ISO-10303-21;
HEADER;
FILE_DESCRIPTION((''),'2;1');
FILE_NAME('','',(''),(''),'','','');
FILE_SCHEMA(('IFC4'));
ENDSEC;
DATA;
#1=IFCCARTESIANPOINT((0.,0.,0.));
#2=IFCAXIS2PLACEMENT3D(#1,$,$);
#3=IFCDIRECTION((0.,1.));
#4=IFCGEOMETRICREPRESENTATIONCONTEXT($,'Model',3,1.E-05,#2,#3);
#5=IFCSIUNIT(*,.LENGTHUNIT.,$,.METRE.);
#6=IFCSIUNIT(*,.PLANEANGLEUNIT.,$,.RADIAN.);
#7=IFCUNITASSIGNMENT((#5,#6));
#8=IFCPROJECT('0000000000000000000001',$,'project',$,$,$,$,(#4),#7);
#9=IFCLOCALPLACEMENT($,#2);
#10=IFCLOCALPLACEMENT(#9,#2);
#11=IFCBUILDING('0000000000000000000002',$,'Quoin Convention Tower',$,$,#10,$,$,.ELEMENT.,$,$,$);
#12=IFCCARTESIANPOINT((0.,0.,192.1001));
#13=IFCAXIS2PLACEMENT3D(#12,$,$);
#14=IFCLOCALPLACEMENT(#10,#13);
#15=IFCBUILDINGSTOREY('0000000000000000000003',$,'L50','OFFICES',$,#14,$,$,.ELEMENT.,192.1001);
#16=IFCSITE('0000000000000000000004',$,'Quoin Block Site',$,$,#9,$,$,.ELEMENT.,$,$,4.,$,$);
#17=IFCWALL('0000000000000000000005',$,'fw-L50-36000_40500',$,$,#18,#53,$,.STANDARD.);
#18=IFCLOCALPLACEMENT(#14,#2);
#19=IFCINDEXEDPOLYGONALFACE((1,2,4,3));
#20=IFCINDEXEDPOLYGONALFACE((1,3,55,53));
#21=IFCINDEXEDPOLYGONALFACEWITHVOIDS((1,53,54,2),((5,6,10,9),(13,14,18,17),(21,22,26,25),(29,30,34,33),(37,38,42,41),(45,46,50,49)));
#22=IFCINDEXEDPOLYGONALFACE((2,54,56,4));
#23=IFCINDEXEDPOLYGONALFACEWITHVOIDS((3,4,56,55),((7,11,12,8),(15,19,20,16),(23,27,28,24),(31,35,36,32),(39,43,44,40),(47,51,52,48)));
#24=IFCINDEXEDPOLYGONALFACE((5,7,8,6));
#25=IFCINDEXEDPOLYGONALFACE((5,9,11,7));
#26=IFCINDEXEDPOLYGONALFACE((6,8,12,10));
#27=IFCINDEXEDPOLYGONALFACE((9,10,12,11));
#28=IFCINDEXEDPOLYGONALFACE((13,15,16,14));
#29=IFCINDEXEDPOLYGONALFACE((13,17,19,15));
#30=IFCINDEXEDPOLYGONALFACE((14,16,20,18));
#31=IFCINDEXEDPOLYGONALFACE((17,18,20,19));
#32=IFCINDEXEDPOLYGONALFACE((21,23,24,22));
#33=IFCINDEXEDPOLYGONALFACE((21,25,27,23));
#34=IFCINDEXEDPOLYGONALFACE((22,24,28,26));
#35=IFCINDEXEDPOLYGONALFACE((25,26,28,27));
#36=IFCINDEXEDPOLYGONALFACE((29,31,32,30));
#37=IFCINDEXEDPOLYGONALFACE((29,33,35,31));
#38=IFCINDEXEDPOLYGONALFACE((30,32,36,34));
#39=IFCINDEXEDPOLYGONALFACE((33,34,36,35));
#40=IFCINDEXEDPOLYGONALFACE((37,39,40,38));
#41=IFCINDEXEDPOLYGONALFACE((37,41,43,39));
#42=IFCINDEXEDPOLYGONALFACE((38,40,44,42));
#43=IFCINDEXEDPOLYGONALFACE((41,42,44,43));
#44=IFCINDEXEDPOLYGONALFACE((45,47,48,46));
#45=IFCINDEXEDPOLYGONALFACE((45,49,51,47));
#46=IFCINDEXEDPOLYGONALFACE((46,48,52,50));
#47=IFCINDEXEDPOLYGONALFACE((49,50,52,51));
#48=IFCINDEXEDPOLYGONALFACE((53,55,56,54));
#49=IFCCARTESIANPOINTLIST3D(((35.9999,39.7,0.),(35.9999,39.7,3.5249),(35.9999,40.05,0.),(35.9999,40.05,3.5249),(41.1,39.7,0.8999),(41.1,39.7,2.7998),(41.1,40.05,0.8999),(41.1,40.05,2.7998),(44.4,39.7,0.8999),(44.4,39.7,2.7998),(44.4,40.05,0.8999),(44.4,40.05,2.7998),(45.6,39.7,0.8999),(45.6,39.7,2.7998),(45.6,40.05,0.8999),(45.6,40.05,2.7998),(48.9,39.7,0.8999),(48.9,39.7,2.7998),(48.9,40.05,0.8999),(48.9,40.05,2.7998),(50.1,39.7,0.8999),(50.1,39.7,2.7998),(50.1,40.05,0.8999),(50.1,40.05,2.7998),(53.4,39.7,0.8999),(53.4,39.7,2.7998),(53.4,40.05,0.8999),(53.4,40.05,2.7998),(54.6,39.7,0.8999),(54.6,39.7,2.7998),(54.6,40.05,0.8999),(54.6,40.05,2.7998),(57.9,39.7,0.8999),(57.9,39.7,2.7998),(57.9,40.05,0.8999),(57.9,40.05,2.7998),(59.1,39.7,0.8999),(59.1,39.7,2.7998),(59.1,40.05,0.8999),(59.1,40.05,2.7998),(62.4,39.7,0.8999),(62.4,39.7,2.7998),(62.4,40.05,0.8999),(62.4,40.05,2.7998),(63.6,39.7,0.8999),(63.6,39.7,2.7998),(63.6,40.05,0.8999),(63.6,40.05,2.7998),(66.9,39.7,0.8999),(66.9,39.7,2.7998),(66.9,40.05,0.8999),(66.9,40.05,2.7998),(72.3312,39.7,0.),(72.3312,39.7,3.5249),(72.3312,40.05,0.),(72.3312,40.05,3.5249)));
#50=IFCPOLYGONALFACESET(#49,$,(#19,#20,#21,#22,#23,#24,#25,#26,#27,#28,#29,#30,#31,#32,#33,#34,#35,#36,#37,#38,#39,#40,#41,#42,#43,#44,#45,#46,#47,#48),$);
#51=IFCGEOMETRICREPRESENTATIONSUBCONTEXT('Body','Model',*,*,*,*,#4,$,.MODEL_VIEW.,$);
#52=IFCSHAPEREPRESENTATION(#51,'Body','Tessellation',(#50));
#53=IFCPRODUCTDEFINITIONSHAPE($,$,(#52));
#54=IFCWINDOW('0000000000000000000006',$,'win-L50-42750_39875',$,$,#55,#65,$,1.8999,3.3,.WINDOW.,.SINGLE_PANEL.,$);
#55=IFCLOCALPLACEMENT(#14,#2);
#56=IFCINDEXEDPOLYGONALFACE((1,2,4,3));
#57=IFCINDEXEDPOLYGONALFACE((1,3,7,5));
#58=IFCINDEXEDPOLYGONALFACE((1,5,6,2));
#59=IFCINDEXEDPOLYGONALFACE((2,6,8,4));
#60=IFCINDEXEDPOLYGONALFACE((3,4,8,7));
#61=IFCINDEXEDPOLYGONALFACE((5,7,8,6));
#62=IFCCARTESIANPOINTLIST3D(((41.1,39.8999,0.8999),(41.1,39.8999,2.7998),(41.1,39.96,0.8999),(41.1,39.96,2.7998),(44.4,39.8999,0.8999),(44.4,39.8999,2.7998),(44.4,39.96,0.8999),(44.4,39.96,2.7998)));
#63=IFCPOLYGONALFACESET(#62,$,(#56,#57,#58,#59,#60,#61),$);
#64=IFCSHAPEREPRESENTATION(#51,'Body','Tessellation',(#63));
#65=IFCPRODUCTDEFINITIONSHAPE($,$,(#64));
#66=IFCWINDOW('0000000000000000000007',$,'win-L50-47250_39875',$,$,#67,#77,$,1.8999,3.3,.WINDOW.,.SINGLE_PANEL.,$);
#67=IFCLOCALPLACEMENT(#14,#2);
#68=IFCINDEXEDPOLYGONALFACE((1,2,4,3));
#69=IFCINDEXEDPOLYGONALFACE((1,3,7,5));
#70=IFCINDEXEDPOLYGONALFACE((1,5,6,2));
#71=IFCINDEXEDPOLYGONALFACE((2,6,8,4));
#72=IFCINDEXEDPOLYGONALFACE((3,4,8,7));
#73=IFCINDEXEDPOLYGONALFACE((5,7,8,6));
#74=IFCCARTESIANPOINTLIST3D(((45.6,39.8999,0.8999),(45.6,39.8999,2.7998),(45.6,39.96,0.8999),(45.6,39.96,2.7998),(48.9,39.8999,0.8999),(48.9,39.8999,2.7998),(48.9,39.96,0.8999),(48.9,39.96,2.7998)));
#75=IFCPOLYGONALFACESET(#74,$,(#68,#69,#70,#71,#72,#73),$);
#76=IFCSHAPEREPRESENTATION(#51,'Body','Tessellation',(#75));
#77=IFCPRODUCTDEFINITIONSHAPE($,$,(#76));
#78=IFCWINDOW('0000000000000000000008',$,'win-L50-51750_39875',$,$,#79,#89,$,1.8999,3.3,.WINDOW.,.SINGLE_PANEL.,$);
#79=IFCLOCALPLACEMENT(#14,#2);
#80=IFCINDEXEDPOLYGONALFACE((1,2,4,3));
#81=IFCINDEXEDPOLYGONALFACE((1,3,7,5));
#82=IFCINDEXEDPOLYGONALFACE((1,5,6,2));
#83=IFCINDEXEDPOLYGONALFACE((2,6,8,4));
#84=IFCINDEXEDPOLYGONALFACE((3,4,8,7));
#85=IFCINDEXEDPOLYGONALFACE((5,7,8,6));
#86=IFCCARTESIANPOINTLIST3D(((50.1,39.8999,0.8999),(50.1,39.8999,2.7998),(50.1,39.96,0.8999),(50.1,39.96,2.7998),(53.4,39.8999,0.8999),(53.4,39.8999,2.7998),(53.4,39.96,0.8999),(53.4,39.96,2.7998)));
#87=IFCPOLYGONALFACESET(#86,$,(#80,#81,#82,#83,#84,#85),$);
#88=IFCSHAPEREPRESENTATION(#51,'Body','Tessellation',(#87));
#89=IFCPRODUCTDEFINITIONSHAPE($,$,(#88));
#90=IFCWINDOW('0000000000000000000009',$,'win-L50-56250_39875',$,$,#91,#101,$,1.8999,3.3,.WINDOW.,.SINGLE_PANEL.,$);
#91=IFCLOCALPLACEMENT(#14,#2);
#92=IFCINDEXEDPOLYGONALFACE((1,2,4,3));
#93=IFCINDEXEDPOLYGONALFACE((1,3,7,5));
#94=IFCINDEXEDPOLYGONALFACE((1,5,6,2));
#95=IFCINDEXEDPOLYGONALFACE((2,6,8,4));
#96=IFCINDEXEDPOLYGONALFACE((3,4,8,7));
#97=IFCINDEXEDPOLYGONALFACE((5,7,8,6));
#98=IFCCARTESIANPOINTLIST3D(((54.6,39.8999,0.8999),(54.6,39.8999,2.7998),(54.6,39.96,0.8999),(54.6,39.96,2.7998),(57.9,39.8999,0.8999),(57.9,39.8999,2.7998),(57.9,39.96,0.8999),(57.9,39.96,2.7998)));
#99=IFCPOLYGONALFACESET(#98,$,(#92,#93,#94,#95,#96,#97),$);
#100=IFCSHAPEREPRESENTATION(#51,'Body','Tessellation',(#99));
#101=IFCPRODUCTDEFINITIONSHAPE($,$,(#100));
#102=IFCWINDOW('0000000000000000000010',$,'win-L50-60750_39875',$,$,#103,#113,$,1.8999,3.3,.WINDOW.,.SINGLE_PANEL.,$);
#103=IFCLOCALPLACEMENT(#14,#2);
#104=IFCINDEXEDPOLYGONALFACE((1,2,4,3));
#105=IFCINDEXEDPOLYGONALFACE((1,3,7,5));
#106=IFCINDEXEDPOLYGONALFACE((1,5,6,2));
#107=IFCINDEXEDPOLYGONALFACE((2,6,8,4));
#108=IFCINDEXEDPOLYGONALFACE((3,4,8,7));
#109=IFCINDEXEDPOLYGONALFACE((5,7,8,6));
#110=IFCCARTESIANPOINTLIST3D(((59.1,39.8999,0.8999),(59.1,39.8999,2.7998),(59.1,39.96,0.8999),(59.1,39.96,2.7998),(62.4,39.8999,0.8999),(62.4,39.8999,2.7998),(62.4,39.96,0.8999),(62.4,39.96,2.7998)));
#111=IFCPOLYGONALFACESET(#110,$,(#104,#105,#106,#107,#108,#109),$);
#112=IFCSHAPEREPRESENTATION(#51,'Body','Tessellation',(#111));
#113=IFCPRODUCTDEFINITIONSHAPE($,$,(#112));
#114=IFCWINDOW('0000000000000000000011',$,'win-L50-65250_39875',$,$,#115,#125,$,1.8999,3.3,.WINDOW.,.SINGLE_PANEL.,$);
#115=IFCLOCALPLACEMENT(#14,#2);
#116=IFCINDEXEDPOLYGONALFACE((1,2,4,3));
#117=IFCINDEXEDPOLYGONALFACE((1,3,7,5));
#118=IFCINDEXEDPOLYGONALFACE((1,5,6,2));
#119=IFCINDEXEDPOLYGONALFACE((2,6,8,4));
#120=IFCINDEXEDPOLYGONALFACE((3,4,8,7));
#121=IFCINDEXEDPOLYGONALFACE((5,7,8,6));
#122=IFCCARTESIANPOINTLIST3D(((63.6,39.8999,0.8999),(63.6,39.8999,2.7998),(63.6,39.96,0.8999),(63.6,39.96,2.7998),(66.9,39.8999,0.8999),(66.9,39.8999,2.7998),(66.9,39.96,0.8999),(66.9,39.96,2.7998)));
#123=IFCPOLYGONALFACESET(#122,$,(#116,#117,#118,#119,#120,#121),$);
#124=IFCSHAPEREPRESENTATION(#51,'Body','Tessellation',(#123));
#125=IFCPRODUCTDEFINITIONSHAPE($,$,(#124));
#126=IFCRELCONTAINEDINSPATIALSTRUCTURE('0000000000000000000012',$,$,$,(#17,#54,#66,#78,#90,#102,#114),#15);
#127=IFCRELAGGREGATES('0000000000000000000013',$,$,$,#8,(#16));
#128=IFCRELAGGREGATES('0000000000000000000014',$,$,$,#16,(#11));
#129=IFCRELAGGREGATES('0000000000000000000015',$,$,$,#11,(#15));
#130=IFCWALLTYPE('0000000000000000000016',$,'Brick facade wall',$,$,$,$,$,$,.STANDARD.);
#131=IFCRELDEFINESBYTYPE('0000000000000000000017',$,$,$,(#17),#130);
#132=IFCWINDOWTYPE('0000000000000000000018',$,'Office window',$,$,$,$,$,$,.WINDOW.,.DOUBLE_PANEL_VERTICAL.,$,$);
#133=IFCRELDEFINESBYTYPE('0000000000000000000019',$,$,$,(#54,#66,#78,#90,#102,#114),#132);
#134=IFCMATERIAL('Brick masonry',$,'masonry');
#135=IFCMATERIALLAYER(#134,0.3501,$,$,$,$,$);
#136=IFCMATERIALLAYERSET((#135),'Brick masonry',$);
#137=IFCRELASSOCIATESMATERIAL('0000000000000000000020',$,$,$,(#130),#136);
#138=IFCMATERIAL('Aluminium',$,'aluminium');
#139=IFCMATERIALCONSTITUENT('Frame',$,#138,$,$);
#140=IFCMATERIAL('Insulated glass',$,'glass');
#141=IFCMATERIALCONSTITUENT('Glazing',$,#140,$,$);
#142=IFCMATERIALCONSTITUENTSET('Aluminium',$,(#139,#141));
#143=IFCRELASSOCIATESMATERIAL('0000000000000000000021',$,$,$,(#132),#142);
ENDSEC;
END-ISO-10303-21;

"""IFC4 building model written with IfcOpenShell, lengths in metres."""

from ifc_helpers import new_model, si_unit, direction, frame, frame_2d, origin, place, context, subcontext, project, spatial, rectangle, extrude, material, layer, layer_set, constituent, constituent_set, type_object, element, fill, save


model = new_model("IFC4")

# Units and contexts
model_context = context("Model", 3, precision=1e-05, world=origin(), true_north=direction((0.0, 1.0)))
body_context = subcontext(model_context, "Body", "Model", "MODEL_VIEW")
ifc_project = project(units=[si_unit("LENGTHUNIT", "METRE"), si_unit("PLANEANGLEUNIT", "RADIAN")], contexts=[model_context])

# Site, building, storey
site_placement = place(None, origin())
site = spatial("IfcSite", under=ifc_project, at=site_placement, Name="Quoin Block Site", CompositionType="ELEMENT", RefElevation=4.0)
building_placement = place(site_placement, origin())
building = spatial("IfcBuilding", under=site, at=building_placement, Name="Quoin Convention Tower", CompositionType="ELEMENT")
storey_placement = place(building_placement, frame((0.0, 0.0, 192.1001)))
storey = spatial("IfcBuildingStorey", under=building, at=storey_placement, Name="L50", Description="OFFICES", CompositionType="ELEMENT", Elevation=192.1001)

# Wall, openings, windows
ifc_material_1 = material(Name="Brick masonry", Category="masonry")
ifc_layer_1 = layer(ifc_material_1, 0.3501)
ifc_layer_set_1 = layer_set([ifc_layer_1], Name="Brick masonry")
wall_type = type_object("IfcWallType", Name="Brick facade wall", PredefinedType="STANDARD", material=ifc_layer_set_1)
wall_1_placement = place(storey_placement, frame((36.0, 39.875, 0.0), z_axis=(0.0, 0.0, 1.0), x_axis=(1.0, 0.0, 0.0)))
wall_1 = element("IfcWall", 1, at=wall_1_placement, inside=storey, type_object=wall_type, Name="fw-L50-36000_40500", PredefinedType="STANDARD", context=body_context, shape_type="SweptSolid", body=[
    extrude(rectangle(XDim=36.3313, YDim=0.3501, at=frame_2d((18.1655, 0.0))), origin(), (0.0, 0.0, 1.0), 3.5249),
])
opening_1_placement = place(wall_1_placement, frame((5.1001, 0.0, 0.8999)))
opening_1 = element("IfcOpeningElement", 2, at=opening_1_placement, cuts=wall_1, PredefinedType="OPENING", context=body_context, shape_type="SweptSolid", body=[
    extrude(rectangle(XDim=3.3, YDim=1.8999, at=frame_2d((1.6499, 0.95))), frame((0.0, 0.1851, 0.0), z_axis=(0.0, -1.0, 0.0), x_axis=(1.0, 0.0, 0.0)), (0.0, 0.0, 1.0), 0.3701),
])
opening_2_placement = place(wall_1_placement, frame((9.6001, 0.0, 0.8999)))
opening_2 = element("IfcOpeningElement", 3, at=opening_2_placement, cuts=wall_1, PredefinedType="OPENING", context=body_context, shape_type="SweptSolid", body=[
    extrude(rectangle(XDim=3.3, YDim=1.8999, at=frame_2d((1.6499, 0.95))), frame((0.0, 0.1851, 0.0), z_axis=(0.0, -1.0, 0.0), x_axis=(1.0, 0.0, 0.0)), (0.0, 0.0, 1.0), 0.3701),
])
opening_3_placement = place(wall_1_placement, frame((14.1001, 0.0, 0.8999)))
opening_3 = element("IfcOpeningElement", 4, at=opening_3_placement, cuts=wall_1, PredefinedType="OPENING", context=body_context, shape_type="SweptSolid", body=[
    extrude(rectangle(XDim=3.3, YDim=1.8999, at=frame_2d((1.6499, 0.95))), frame((0.0, 0.1851, 0.0), z_axis=(0.0, -1.0, 0.0), x_axis=(1.0, 0.0, 0.0)), (0.0, 0.0, 1.0), 0.3701),
])
opening_4_placement = place(wall_1_placement, frame((18.6001, 0.0, 0.8999)))
opening_4 = element("IfcOpeningElement", 5, at=opening_4_placement, cuts=wall_1, PredefinedType="OPENING", context=body_context, shape_type="SweptSolid", body=[
    extrude(rectangle(XDim=3.3, YDim=1.8999, at=frame_2d((1.6499, 0.95))), frame((0.0, 0.1851, 0.0), z_axis=(0.0, -1.0, 0.0), x_axis=(1.0, 0.0, 0.0)), (0.0, 0.0, 1.0), 0.3701),
])
opening_5_placement = place(wall_1_placement, frame((23.1001, 0.0, 0.8999)))
opening_5 = element("IfcOpeningElement", 6, at=opening_5_placement, cuts=wall_1, PredefinedType="OPENING", context=body_context, shape_type="SweptSolid", body=[
    extrude(rectangle(XDim=3.3, YDim=1.8999, at=frame_2d((1.6499, 0.95))), frame((0.0, 0.1851, 0.0), z_axis=(0.0, -1.0, 0.0), x_axis=(1.0, 0.0, 0.0)), (0.0, 0.0, 1.0), 0.3701),
])
opening_6_placement = place(wall_1_placement, frame((27.6001, 0.0, 0.8999)))
opening_6 = element("IfcOpeningElement", 7, at=opening_6_placement, cuts=wall_1, PredefinedType="OPENING", context=body_context, shape_type="SweptSolid", body=[
    extrude(rectangle(XDim=3.3, YDim=1.8999, at=frame_2d((1.6499, 0.95))), frame((0.0, 0.1851, 0.0), z_axis=(0.0, -1.0, 0.0), x_axis=(1.0, 0.0, 0.0)), (0.0, 0.0, 1.0), 0.3701),
])
ifc_material_2 = material(Name="Aluminium", Category="aluminium")
ifc_constituent_1 = constituent(ifc_material_2, Name="Frame")
ifc_material_3 = material(Name="Insulated glass", Category="glass")
ifc_constituent_2 = constituent(ifc_material_3, Name="Glazing")
ifc_constituent_set = constituent_set(constituents=[ifc_constituent_1, ifc_constituent_2], Name="Aluminium")
window_type = type_object("IfcWindowType", Name="Office window", PartitioningType="DOUBLE_PANEL_VERTICAL", PredefinedType="WINDOW", material=ifc_constituent_set)
window_1_placement = place(opening_1_placement, origin())
window_1 = element("IfcWindow", 8, at=window_1_placement, inside=storey, type_object=window_type, Name="win-L50-42750_39875", OverallHeight=1.8999, OverallWidth=3.3, PartitioningType="SINGLE_PANEL", PredefinedType="WINDOW", context=body_context, shape_type="SweptSolid", body=[
    extrude(rectangle(XDim=3.3, YDim=1.8999, at=frame_2d((1.6499, 0.95))), frame((0.0, 0.085, 0.0), z_axis=(0.0, -1.0, 0.0), x_axis=(1.0, 0.0, 0.0)), (0.0, 0.0, 1.0), 0.0601),
])
fill(opening_1, window_1)
window_2_placement = place(opening_2_placement, origin())
window_2 = element("IfcWindow", 9, at=window_2_placement, inside=storey, type_object=window_type, Name="win-L50-47250_39875", OverallHeight=1.8999, OverallWidth=3.3, PartitioningType="SINGLE_PANEL", PredefinedType="WINDOW", context=body_context, shape_type="SweptSolid", body=[
    extrude(rectangle(XDim=3.3, YDim=1.8999, at=frame_2d((1.6499, 0.95))), frame((0.0, 0.085, 0.0), z_axis=(0.0, -1.0, 0.0), x_axis=(1.0, 0.0, 0.0)), (0.0, 0.0, 1.0), 0.0601),
])
fill(opening_2, window_2)
window_3_placement = place(opening_3_placement, origin())
window_3 = element("IfcWindow", 10, at=window_3_placement, inside=storey, type_object=window_type, Name="win-L50-51750_39875", OverallHeight=1.8999, OverallWidth=3.3, PartitioningType="SINGLE_PANEL", PredefinedType="WINDOW", context=body_context, shape_type="SweptSolid", body=[
    extrude(rectangle(XDim=3.3, YDim=1.8999, at=frame_2d((1.6499, 0.95))), frame((0.0, 0.085, 0.0), z_axis=(0.0, -1.0, 0.0), x_axis=(1.0, 0.0, 0.0)), (0.0, 0.0, 1.0), 0.0601),
])
fill(opening_3, window_3)
window_4_placement = place(opening_4_placement, origin())
window_4 = element("IfcWindow", 11, at=window_4_placement, inside=storey, type_object=window_type, Name="win-L50-56250_39875", OverallHeight=1.8999, OverallWidth=3.3, PartitioningType="SINGLE_PANEL", PredefinedType="WINDOW", context=body_context, shape_type="SweptSolid", body=[
    extrude(rectangle(XDim=3.3, YDim=1.8999, at=frame_2d((1.6499, 0.95))), frame((0.0, 0.085, 0.0), z_axis=(0.0, -1.0, 0.0), x_axis=(1.0, 0.0, 0.0)), (0.0, 0.0, 1.0), 0.0601),
])
fill(opening_4, window_4)
window_5_placement = place(opening_5_placement, origin())
window_5 = element("IfcWindow", 12, at=window_5_placement, inside=storey, type_object=window_type, Name="win-L50-60750_39875", OverallHeight=1.8999, OverallWidth=3.3, PartitioningType="SINGLE_PANEL", PredefinedType="WINDOW", context=body_context, shape_type="SweptSolid", body=[
    extrude(rectangle(XDim=3.3, YDim=1.8999, at=frame_2d((1.6499, 0.95))), frame((0.0, 0.085, 0.0), z_axis=(0.0, -1.0, 0.0), x_axis=(1.0, 0.0, 0.0)), (0.0, 0.0, 1.0), 0.0601),
])
fill(opening_5, window_5)
window_6_placement = place(opening_6_placement, origin())
window_6 = element("IfcWindow", 13, at=window_6_placement, inside=storey, type_object=window_type, Name="win-L50-65250_39875", OverallHeight=1.8999, OverallWidth=3.3, PartitioningType="SINGLE_PANEL", PredefinedType="WINDOW", context=body_context, shape_type="SweptSolid", body=[
    extrude(rectangle(XDim=3.3, YDim=1.8999, at=frame_2d((1.6499, 0.95))), frame((0.0, 0.085, 0.0), z_axis=(0.0, -1.0, 0.0), x_axis=(1.0, 0.0, 0.0)), (0.0, 0.0, 1.0), 0.0601),
])
fill(opening_6, window_6)

save(model, "model.ifc")
